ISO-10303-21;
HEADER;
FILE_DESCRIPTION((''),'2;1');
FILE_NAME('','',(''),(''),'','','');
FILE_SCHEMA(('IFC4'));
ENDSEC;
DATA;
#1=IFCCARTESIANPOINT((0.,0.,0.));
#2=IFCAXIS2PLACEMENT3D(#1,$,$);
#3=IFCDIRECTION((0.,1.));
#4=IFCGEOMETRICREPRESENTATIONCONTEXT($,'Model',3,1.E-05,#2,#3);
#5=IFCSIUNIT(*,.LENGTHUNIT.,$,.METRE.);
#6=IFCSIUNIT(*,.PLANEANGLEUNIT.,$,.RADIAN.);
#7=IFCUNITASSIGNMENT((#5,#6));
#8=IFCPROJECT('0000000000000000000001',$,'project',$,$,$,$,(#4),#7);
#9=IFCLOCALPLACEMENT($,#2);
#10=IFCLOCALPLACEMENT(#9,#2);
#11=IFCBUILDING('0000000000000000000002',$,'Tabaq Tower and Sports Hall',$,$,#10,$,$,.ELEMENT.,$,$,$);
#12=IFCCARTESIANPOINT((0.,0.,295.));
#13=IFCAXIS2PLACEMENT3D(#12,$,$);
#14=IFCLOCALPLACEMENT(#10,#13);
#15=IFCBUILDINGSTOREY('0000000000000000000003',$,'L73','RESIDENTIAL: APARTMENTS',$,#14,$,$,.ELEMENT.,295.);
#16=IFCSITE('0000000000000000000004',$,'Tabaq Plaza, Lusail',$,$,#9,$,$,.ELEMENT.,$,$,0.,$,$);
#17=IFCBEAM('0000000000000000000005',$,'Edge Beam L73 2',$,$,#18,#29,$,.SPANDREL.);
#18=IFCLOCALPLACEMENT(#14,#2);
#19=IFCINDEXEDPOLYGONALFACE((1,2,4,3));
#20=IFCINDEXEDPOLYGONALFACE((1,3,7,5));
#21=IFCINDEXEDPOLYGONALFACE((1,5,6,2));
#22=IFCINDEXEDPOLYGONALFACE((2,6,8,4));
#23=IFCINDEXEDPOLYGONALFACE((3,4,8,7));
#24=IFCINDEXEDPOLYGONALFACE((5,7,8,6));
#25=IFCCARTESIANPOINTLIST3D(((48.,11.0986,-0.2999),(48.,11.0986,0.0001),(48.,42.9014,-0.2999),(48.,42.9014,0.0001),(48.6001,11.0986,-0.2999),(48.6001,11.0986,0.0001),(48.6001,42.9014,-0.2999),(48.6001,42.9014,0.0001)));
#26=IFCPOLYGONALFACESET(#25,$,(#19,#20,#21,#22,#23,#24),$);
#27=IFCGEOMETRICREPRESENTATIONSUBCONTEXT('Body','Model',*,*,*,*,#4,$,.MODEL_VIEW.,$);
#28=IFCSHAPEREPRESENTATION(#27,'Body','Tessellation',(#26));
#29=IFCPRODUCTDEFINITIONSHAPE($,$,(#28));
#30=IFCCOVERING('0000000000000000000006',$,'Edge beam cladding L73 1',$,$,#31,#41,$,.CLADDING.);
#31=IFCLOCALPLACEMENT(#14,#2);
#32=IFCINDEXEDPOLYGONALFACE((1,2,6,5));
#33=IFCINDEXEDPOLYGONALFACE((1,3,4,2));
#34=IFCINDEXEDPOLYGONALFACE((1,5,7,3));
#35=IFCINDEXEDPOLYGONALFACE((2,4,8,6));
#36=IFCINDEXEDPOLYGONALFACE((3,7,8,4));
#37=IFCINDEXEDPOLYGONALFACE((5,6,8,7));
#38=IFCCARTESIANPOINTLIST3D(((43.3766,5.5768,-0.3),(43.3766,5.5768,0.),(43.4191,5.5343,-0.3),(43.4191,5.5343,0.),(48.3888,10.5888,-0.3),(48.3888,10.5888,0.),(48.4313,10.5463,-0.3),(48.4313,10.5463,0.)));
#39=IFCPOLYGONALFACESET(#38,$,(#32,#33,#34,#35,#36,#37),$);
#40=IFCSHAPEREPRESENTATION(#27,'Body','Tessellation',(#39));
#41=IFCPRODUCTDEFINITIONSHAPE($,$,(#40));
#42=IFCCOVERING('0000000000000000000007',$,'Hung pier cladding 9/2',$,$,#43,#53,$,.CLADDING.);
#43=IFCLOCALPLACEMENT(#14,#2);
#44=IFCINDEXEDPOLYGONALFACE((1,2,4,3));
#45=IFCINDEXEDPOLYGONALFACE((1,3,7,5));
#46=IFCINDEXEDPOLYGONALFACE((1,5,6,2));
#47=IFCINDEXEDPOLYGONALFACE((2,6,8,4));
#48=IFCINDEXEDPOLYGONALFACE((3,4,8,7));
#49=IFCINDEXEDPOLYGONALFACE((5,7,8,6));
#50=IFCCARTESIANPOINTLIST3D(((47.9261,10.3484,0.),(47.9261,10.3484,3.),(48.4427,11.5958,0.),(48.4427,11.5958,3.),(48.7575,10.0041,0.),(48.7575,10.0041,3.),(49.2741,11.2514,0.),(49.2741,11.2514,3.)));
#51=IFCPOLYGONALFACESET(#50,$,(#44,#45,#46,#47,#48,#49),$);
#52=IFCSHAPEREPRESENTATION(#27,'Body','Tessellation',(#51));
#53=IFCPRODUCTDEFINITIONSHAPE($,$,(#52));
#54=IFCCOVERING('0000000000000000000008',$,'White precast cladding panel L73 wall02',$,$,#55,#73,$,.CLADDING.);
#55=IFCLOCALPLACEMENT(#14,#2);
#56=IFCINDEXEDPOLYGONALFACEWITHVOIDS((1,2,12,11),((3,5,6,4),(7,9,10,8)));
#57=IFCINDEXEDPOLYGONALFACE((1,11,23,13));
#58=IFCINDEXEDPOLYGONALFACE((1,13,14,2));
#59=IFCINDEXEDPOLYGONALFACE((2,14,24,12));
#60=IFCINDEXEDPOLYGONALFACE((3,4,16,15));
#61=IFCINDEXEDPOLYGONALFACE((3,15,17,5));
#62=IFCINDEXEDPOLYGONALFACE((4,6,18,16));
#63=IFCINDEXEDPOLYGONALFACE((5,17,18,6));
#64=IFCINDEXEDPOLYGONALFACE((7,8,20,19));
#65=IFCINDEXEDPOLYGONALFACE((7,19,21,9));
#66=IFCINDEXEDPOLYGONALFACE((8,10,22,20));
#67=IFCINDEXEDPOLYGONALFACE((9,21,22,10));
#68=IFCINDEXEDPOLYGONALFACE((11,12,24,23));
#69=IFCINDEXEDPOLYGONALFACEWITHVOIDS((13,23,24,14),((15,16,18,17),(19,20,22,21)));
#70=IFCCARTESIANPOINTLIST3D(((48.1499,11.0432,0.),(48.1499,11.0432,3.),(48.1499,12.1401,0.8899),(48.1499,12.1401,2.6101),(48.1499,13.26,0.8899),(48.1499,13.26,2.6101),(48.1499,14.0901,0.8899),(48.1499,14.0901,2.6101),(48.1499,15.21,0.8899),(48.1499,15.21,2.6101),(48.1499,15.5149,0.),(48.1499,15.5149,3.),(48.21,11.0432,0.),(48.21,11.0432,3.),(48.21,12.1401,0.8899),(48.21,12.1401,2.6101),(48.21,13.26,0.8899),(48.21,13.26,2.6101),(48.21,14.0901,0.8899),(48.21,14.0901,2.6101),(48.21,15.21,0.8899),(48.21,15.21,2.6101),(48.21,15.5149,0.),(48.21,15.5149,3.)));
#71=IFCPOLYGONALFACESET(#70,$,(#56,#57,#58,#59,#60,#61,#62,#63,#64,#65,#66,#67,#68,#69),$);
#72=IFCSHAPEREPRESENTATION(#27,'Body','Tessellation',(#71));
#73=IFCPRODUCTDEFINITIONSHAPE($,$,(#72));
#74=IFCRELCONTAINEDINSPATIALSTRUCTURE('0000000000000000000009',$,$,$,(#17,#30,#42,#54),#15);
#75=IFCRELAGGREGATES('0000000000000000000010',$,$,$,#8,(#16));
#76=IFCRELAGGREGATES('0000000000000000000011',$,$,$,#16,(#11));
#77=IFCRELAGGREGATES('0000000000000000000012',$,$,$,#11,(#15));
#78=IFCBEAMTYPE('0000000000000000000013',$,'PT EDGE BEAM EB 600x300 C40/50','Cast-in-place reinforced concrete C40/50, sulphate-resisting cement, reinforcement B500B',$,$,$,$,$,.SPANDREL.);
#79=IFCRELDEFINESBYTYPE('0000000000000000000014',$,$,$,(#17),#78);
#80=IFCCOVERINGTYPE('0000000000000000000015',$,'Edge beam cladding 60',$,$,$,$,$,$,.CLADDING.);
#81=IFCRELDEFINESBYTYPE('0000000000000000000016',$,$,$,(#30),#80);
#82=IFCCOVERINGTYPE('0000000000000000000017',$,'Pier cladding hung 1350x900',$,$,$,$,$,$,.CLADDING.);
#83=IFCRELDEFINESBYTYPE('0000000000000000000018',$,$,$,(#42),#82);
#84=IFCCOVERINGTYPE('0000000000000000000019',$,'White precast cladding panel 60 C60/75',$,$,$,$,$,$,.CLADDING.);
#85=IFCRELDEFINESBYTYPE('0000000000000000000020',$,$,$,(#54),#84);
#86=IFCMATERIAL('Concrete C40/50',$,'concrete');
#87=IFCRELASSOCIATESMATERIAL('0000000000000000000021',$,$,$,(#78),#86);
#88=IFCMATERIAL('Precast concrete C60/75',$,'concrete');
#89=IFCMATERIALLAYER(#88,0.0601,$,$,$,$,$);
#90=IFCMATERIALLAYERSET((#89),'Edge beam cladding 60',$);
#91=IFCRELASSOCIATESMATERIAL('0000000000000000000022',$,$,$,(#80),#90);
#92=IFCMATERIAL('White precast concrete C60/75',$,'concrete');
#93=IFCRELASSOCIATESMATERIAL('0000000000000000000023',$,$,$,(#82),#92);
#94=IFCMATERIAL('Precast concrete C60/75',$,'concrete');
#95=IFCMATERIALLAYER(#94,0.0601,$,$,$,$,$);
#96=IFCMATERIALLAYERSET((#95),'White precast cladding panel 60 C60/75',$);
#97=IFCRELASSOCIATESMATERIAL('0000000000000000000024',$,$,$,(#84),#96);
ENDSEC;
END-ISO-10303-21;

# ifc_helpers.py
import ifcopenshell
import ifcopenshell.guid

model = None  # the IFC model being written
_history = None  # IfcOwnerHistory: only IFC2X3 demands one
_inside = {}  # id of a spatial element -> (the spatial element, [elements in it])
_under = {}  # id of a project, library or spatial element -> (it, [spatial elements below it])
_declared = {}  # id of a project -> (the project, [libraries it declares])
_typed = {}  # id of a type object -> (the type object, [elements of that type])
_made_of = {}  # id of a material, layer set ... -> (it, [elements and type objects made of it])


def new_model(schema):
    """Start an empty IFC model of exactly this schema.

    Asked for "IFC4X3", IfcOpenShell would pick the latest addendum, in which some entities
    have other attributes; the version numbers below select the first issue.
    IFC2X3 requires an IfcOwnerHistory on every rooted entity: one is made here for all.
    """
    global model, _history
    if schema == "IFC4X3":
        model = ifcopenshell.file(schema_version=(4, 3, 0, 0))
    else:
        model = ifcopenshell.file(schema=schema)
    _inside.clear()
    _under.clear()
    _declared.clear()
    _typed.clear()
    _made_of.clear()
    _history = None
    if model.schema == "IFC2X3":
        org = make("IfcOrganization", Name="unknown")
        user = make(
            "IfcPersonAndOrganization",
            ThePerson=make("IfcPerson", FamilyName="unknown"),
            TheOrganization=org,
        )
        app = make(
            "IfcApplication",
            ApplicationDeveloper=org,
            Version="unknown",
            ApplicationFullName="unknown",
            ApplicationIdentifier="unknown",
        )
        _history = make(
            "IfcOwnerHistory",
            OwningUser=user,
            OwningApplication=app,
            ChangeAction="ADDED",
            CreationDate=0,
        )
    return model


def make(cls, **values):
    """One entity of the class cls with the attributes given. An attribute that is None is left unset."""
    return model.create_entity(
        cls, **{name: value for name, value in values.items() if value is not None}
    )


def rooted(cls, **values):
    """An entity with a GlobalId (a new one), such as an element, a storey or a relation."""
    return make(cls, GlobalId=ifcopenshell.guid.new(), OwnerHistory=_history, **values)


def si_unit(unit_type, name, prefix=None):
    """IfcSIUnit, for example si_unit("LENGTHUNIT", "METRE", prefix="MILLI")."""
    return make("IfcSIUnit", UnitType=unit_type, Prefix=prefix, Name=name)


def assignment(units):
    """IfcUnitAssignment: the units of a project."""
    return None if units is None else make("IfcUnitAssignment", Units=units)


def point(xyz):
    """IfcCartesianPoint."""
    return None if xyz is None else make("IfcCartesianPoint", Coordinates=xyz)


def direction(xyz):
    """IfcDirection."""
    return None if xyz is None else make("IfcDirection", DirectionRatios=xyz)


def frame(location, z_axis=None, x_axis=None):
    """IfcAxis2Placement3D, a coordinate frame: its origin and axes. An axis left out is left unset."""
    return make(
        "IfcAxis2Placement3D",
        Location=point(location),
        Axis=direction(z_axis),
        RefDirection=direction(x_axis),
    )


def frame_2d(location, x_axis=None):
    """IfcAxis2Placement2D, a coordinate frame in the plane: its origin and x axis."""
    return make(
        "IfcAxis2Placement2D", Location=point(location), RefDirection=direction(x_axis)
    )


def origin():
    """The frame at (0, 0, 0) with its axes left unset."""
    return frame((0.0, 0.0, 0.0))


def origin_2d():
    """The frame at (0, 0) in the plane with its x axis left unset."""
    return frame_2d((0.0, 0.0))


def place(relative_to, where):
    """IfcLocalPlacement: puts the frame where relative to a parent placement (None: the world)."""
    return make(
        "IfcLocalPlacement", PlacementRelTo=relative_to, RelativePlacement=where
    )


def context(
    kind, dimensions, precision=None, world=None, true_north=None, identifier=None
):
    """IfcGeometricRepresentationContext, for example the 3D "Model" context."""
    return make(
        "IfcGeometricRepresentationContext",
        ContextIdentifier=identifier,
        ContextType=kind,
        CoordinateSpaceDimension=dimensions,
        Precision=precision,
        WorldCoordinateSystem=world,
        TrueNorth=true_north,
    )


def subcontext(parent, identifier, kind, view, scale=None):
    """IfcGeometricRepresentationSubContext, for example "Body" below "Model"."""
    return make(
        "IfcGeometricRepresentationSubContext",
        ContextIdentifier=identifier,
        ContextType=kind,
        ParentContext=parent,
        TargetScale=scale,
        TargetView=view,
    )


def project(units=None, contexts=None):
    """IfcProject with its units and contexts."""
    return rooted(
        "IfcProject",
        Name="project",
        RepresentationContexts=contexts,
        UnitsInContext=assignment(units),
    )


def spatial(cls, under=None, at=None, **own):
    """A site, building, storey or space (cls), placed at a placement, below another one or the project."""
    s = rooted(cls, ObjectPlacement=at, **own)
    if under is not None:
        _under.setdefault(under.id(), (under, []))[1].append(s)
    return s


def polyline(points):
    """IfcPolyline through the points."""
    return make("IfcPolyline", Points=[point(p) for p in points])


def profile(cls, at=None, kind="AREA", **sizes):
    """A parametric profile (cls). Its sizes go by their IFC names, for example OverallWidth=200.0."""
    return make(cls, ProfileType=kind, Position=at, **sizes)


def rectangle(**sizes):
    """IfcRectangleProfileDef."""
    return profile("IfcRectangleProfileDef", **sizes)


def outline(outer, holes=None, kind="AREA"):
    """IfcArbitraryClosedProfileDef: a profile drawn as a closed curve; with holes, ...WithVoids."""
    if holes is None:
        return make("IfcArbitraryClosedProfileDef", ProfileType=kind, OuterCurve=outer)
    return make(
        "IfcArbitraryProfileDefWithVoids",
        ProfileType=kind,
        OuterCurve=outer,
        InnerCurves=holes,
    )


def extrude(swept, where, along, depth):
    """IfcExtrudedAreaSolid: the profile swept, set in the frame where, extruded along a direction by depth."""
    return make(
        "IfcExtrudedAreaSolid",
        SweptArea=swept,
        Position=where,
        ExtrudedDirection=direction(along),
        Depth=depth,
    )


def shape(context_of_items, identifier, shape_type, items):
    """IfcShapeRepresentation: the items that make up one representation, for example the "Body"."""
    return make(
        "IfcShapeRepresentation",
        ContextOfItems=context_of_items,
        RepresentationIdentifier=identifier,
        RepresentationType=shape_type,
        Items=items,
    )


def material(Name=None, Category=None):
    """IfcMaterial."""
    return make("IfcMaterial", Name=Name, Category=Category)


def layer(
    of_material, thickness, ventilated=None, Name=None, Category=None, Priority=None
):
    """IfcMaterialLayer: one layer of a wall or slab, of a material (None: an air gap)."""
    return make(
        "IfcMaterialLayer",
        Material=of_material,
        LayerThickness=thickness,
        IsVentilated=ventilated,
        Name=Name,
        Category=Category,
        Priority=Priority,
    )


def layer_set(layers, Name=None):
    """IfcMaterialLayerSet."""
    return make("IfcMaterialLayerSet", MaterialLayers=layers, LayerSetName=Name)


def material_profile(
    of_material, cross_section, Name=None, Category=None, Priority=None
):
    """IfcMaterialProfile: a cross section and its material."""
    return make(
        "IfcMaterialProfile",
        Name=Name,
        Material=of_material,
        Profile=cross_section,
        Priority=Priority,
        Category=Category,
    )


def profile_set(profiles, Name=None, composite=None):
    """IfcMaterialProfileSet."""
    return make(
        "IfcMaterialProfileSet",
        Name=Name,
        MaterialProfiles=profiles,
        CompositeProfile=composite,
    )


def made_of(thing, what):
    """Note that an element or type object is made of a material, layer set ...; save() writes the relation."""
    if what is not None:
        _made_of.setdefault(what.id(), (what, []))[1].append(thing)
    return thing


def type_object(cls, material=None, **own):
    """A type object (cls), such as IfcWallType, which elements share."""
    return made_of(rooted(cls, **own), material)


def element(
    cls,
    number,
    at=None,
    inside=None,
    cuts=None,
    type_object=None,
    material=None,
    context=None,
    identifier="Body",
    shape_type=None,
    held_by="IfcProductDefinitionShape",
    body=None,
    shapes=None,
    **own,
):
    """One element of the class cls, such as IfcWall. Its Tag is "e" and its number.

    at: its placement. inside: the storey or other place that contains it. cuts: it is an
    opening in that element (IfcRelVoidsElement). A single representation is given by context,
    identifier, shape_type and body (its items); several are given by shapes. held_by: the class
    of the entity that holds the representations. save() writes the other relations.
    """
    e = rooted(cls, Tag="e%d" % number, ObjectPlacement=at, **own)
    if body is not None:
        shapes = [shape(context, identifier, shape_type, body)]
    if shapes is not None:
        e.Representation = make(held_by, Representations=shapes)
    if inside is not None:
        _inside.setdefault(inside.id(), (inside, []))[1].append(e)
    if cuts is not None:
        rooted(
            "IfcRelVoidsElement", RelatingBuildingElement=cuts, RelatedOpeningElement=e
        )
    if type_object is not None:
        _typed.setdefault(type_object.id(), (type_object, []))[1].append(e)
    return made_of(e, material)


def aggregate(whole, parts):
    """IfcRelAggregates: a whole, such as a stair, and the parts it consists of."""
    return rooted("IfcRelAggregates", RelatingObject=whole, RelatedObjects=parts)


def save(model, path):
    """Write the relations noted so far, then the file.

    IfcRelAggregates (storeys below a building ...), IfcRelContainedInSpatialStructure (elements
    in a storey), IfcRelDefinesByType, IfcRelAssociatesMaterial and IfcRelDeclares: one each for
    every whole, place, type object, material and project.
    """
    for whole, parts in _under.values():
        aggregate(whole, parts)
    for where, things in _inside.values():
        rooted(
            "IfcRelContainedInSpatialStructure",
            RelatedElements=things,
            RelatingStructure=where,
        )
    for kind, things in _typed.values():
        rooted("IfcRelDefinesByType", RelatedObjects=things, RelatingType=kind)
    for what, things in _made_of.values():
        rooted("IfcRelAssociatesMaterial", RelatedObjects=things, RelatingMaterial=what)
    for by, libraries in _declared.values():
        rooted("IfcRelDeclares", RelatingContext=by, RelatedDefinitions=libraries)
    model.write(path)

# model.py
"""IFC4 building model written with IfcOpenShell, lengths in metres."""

from ifc_helpers import new_model, si_unit, direction, frame, frame_2d, origin, origin_2d, place, context, subcontext, project, spatial, polyline, rectangle, outline, extrude, material, layer, layer_set, material_profile, profile_set, type_object, element, save


model = new_model("IFC4")

# Units and contexts
model_context = context("Model", 3, precision=1e-05, world=origin(), true_north=direction((0.0, 1.0)))
body_context = subcontext(model_context, "Body", "Model", "MODEL_VIEW")
ifc_project = project(units=[si_unit("LENGTHUNIT", "METRE"), si_unit("PLANEANGLEUNIT", "RADIAN")], contexts=[model_context])

# Site, building, storey
site_placement = place(None, origin())
site = spatial("IfcSite", under=ifc_project, at=site_placement, Name="Tabaq Plaza, Lusail", CompositionType="ELEMENT", RefElevation=0.0)
building_placement = place(site_placement, origin())
building = spatial("IfcBuilding", under=site, at=building_placement, Name="Tabaq Tower and Sports Hall", CompositionType="ELEMENT")
storey_placement = place(building_placement, frame((0.0, 0.0, 295.0)))
storey = spatial("IfcBuildingStorey", under=building, at=storey_placement, Name="L73", Description="RESIDENTIAL: APARTMENTS", CompositionType="ELEMENT", Elevation=295.0)

# Beam
ifc_material_1 = material(Name="Concrete C40/50", Category="concrete")
ifc_material_profile = material_profile(ifc_material_1, rectangle(XDim=0.6001, YDim=0.3, at=origin_2d()), Name="EB 600x300")
ifc_profile_set = profile_set([ifc_material_profile], Name="Concrete C40/50")
beam_type = type_object("IfcBeamType", Name="PT EDGE BEAM EB 600x300 C40/50", Description="Cast-in-place reinforced concrete C40/50, sulphate-resisting cement, reinforcement B500B", PredefinedType="SPANDREL", material=ifc_profile_set)
beam_placement = place(storey_placement, frame((48.3, 11.0986, -0.1499), z_axis=(0.0, 1.0, 0.0), x_axis=(-1.0, 0.0, 0.0)))
element("IfcBeam", 1, at=beam_placement, inside=storey, type_object=beam_type, Name="Edge Beam L73 2", PredefinedType="SPANDREL", context=body_context, shape_type="SweptSolid", body=[
    extrude(rectangle(XDim=0.6001, YDim=0.3, at=origin_2d()), origin(), (0.0, 0.0, 1.0), 31.8027),
])

# Coverings
ifc_material_2 = material(Name="Precast concrete C60/75", Category="concrete")
ifc_layer_1 = layer(ifc_material_2, 0.0601)
ifc_layer_set_1 = layer_set([ifc_layer_1], Name="Edge beam cladding 60")
covering_type_1 = type_object("IfcCoveringType", Name="Edge beam cladding 60", PredefinedType="CLADDING", material=ifc_layer_set_1)
covering_1_placement = place(storey_placement, frame((43.3979, 5.5557, -0.3), z_axis=(0.0, 0.0, 1.0), x_axis=(0.707124, 0.70709, 0.0)))
element("IfcCovering", 2, at=covering_1_placement, inside=storey, type_object=covering_type_1, Name="Edge beam cladding L73 1", PredefinedType="CLADDING", context=body_context, shape_type="SweptSolid", body=[
    extrude(rectangle(XDim=7.0881, YDim=0.0601, at=frame_2d((3.5439, 0.0))), origin(), (0.0, 0.0, 1.0), 0.3),
])
ifc_material_3 = material(Name="White precast concrete C60/75", Category="concrete")
covering_type_2 = type_object("IfcCoveringType", Name="Pier cladding hung 1350x900", PredefinedType="CLADDING", material=ifc_material_3)
covering_2_placement = place(storey_placement, frame((48.3418, 10.1763, 0.0), z_axis=(0.0, 0.0, 1.0), x_axis=(0.38265, 0.923893, 0.0)))
element("IfcCovering", 3, at=covering_2_placement, inside=storey, type_object=covering_type_2, Name="Hung pier cladding 9/2", PredefinedType="CLADDING", context=body_context, shape_type="SweptSolid", body=[
    extrude(rectangle(XDim=1.3501, YDim=0.8999, at=frame_2d((0.675, 0.0))), origin(), (0.0, 0.0, 1.0), 3.0),
])
ifc_material_4 = material(Name="Precast concrete C60/75", Category="concrete")
ifc_layer_2 = layer(ifc_material_4, 0.0601)
ifc_layer_set_2 = layer_set([ifc_layer_2], Name="White precast cladding panel 60 C60/75")
covering_type_3 = type_object("IfcCoveringType", Name="White precast cladding panel 60 C60/75", PredefinedType="CLADDING", material=ifc_layer_set_2)
covering_3_placement = place(storey_placement, frame((48.1799, 11.0432, 0.0), z_axis=(0.0, 0.0, 1.0), x_axis=(0.0, 1.0, 0.0)))
element("IfcCovering", 4, at=covering_3_placement, inside=storey, type_object=covering_type_3, Name="White precast cladding panel L73 wall02", PredefinedType="CLADDING", context=body_context, shape_type="SweptSolid", body=[
    extrude(outline(polyline([(0.0, 0.0), (4.4717, 0.0), (4.4717, 3.0), (0.0, 3.0), (0.0, 0.0)]), holes=[polyline([(1.0969, 2.6101), (2.2168, 2.6101), (2.2168, 0.8899), (1.0969, 0.8899), (1.0969, 2.6101)]), polyline([(3.0469, 2.6101), (4.1667, 2.6101), (4.1667, 0.8899), (3.0469, 0.8899), (3.0469, 2.6101)])]), frame((0.0, 0.03, 0.0), z_axis=(0.0, -1.0, 0.0), x_axis=(1.0, 0.0, 0.0)), (0.0, 0.0, 1.0), 0.0601),
])

save(model, "model.ifc")
